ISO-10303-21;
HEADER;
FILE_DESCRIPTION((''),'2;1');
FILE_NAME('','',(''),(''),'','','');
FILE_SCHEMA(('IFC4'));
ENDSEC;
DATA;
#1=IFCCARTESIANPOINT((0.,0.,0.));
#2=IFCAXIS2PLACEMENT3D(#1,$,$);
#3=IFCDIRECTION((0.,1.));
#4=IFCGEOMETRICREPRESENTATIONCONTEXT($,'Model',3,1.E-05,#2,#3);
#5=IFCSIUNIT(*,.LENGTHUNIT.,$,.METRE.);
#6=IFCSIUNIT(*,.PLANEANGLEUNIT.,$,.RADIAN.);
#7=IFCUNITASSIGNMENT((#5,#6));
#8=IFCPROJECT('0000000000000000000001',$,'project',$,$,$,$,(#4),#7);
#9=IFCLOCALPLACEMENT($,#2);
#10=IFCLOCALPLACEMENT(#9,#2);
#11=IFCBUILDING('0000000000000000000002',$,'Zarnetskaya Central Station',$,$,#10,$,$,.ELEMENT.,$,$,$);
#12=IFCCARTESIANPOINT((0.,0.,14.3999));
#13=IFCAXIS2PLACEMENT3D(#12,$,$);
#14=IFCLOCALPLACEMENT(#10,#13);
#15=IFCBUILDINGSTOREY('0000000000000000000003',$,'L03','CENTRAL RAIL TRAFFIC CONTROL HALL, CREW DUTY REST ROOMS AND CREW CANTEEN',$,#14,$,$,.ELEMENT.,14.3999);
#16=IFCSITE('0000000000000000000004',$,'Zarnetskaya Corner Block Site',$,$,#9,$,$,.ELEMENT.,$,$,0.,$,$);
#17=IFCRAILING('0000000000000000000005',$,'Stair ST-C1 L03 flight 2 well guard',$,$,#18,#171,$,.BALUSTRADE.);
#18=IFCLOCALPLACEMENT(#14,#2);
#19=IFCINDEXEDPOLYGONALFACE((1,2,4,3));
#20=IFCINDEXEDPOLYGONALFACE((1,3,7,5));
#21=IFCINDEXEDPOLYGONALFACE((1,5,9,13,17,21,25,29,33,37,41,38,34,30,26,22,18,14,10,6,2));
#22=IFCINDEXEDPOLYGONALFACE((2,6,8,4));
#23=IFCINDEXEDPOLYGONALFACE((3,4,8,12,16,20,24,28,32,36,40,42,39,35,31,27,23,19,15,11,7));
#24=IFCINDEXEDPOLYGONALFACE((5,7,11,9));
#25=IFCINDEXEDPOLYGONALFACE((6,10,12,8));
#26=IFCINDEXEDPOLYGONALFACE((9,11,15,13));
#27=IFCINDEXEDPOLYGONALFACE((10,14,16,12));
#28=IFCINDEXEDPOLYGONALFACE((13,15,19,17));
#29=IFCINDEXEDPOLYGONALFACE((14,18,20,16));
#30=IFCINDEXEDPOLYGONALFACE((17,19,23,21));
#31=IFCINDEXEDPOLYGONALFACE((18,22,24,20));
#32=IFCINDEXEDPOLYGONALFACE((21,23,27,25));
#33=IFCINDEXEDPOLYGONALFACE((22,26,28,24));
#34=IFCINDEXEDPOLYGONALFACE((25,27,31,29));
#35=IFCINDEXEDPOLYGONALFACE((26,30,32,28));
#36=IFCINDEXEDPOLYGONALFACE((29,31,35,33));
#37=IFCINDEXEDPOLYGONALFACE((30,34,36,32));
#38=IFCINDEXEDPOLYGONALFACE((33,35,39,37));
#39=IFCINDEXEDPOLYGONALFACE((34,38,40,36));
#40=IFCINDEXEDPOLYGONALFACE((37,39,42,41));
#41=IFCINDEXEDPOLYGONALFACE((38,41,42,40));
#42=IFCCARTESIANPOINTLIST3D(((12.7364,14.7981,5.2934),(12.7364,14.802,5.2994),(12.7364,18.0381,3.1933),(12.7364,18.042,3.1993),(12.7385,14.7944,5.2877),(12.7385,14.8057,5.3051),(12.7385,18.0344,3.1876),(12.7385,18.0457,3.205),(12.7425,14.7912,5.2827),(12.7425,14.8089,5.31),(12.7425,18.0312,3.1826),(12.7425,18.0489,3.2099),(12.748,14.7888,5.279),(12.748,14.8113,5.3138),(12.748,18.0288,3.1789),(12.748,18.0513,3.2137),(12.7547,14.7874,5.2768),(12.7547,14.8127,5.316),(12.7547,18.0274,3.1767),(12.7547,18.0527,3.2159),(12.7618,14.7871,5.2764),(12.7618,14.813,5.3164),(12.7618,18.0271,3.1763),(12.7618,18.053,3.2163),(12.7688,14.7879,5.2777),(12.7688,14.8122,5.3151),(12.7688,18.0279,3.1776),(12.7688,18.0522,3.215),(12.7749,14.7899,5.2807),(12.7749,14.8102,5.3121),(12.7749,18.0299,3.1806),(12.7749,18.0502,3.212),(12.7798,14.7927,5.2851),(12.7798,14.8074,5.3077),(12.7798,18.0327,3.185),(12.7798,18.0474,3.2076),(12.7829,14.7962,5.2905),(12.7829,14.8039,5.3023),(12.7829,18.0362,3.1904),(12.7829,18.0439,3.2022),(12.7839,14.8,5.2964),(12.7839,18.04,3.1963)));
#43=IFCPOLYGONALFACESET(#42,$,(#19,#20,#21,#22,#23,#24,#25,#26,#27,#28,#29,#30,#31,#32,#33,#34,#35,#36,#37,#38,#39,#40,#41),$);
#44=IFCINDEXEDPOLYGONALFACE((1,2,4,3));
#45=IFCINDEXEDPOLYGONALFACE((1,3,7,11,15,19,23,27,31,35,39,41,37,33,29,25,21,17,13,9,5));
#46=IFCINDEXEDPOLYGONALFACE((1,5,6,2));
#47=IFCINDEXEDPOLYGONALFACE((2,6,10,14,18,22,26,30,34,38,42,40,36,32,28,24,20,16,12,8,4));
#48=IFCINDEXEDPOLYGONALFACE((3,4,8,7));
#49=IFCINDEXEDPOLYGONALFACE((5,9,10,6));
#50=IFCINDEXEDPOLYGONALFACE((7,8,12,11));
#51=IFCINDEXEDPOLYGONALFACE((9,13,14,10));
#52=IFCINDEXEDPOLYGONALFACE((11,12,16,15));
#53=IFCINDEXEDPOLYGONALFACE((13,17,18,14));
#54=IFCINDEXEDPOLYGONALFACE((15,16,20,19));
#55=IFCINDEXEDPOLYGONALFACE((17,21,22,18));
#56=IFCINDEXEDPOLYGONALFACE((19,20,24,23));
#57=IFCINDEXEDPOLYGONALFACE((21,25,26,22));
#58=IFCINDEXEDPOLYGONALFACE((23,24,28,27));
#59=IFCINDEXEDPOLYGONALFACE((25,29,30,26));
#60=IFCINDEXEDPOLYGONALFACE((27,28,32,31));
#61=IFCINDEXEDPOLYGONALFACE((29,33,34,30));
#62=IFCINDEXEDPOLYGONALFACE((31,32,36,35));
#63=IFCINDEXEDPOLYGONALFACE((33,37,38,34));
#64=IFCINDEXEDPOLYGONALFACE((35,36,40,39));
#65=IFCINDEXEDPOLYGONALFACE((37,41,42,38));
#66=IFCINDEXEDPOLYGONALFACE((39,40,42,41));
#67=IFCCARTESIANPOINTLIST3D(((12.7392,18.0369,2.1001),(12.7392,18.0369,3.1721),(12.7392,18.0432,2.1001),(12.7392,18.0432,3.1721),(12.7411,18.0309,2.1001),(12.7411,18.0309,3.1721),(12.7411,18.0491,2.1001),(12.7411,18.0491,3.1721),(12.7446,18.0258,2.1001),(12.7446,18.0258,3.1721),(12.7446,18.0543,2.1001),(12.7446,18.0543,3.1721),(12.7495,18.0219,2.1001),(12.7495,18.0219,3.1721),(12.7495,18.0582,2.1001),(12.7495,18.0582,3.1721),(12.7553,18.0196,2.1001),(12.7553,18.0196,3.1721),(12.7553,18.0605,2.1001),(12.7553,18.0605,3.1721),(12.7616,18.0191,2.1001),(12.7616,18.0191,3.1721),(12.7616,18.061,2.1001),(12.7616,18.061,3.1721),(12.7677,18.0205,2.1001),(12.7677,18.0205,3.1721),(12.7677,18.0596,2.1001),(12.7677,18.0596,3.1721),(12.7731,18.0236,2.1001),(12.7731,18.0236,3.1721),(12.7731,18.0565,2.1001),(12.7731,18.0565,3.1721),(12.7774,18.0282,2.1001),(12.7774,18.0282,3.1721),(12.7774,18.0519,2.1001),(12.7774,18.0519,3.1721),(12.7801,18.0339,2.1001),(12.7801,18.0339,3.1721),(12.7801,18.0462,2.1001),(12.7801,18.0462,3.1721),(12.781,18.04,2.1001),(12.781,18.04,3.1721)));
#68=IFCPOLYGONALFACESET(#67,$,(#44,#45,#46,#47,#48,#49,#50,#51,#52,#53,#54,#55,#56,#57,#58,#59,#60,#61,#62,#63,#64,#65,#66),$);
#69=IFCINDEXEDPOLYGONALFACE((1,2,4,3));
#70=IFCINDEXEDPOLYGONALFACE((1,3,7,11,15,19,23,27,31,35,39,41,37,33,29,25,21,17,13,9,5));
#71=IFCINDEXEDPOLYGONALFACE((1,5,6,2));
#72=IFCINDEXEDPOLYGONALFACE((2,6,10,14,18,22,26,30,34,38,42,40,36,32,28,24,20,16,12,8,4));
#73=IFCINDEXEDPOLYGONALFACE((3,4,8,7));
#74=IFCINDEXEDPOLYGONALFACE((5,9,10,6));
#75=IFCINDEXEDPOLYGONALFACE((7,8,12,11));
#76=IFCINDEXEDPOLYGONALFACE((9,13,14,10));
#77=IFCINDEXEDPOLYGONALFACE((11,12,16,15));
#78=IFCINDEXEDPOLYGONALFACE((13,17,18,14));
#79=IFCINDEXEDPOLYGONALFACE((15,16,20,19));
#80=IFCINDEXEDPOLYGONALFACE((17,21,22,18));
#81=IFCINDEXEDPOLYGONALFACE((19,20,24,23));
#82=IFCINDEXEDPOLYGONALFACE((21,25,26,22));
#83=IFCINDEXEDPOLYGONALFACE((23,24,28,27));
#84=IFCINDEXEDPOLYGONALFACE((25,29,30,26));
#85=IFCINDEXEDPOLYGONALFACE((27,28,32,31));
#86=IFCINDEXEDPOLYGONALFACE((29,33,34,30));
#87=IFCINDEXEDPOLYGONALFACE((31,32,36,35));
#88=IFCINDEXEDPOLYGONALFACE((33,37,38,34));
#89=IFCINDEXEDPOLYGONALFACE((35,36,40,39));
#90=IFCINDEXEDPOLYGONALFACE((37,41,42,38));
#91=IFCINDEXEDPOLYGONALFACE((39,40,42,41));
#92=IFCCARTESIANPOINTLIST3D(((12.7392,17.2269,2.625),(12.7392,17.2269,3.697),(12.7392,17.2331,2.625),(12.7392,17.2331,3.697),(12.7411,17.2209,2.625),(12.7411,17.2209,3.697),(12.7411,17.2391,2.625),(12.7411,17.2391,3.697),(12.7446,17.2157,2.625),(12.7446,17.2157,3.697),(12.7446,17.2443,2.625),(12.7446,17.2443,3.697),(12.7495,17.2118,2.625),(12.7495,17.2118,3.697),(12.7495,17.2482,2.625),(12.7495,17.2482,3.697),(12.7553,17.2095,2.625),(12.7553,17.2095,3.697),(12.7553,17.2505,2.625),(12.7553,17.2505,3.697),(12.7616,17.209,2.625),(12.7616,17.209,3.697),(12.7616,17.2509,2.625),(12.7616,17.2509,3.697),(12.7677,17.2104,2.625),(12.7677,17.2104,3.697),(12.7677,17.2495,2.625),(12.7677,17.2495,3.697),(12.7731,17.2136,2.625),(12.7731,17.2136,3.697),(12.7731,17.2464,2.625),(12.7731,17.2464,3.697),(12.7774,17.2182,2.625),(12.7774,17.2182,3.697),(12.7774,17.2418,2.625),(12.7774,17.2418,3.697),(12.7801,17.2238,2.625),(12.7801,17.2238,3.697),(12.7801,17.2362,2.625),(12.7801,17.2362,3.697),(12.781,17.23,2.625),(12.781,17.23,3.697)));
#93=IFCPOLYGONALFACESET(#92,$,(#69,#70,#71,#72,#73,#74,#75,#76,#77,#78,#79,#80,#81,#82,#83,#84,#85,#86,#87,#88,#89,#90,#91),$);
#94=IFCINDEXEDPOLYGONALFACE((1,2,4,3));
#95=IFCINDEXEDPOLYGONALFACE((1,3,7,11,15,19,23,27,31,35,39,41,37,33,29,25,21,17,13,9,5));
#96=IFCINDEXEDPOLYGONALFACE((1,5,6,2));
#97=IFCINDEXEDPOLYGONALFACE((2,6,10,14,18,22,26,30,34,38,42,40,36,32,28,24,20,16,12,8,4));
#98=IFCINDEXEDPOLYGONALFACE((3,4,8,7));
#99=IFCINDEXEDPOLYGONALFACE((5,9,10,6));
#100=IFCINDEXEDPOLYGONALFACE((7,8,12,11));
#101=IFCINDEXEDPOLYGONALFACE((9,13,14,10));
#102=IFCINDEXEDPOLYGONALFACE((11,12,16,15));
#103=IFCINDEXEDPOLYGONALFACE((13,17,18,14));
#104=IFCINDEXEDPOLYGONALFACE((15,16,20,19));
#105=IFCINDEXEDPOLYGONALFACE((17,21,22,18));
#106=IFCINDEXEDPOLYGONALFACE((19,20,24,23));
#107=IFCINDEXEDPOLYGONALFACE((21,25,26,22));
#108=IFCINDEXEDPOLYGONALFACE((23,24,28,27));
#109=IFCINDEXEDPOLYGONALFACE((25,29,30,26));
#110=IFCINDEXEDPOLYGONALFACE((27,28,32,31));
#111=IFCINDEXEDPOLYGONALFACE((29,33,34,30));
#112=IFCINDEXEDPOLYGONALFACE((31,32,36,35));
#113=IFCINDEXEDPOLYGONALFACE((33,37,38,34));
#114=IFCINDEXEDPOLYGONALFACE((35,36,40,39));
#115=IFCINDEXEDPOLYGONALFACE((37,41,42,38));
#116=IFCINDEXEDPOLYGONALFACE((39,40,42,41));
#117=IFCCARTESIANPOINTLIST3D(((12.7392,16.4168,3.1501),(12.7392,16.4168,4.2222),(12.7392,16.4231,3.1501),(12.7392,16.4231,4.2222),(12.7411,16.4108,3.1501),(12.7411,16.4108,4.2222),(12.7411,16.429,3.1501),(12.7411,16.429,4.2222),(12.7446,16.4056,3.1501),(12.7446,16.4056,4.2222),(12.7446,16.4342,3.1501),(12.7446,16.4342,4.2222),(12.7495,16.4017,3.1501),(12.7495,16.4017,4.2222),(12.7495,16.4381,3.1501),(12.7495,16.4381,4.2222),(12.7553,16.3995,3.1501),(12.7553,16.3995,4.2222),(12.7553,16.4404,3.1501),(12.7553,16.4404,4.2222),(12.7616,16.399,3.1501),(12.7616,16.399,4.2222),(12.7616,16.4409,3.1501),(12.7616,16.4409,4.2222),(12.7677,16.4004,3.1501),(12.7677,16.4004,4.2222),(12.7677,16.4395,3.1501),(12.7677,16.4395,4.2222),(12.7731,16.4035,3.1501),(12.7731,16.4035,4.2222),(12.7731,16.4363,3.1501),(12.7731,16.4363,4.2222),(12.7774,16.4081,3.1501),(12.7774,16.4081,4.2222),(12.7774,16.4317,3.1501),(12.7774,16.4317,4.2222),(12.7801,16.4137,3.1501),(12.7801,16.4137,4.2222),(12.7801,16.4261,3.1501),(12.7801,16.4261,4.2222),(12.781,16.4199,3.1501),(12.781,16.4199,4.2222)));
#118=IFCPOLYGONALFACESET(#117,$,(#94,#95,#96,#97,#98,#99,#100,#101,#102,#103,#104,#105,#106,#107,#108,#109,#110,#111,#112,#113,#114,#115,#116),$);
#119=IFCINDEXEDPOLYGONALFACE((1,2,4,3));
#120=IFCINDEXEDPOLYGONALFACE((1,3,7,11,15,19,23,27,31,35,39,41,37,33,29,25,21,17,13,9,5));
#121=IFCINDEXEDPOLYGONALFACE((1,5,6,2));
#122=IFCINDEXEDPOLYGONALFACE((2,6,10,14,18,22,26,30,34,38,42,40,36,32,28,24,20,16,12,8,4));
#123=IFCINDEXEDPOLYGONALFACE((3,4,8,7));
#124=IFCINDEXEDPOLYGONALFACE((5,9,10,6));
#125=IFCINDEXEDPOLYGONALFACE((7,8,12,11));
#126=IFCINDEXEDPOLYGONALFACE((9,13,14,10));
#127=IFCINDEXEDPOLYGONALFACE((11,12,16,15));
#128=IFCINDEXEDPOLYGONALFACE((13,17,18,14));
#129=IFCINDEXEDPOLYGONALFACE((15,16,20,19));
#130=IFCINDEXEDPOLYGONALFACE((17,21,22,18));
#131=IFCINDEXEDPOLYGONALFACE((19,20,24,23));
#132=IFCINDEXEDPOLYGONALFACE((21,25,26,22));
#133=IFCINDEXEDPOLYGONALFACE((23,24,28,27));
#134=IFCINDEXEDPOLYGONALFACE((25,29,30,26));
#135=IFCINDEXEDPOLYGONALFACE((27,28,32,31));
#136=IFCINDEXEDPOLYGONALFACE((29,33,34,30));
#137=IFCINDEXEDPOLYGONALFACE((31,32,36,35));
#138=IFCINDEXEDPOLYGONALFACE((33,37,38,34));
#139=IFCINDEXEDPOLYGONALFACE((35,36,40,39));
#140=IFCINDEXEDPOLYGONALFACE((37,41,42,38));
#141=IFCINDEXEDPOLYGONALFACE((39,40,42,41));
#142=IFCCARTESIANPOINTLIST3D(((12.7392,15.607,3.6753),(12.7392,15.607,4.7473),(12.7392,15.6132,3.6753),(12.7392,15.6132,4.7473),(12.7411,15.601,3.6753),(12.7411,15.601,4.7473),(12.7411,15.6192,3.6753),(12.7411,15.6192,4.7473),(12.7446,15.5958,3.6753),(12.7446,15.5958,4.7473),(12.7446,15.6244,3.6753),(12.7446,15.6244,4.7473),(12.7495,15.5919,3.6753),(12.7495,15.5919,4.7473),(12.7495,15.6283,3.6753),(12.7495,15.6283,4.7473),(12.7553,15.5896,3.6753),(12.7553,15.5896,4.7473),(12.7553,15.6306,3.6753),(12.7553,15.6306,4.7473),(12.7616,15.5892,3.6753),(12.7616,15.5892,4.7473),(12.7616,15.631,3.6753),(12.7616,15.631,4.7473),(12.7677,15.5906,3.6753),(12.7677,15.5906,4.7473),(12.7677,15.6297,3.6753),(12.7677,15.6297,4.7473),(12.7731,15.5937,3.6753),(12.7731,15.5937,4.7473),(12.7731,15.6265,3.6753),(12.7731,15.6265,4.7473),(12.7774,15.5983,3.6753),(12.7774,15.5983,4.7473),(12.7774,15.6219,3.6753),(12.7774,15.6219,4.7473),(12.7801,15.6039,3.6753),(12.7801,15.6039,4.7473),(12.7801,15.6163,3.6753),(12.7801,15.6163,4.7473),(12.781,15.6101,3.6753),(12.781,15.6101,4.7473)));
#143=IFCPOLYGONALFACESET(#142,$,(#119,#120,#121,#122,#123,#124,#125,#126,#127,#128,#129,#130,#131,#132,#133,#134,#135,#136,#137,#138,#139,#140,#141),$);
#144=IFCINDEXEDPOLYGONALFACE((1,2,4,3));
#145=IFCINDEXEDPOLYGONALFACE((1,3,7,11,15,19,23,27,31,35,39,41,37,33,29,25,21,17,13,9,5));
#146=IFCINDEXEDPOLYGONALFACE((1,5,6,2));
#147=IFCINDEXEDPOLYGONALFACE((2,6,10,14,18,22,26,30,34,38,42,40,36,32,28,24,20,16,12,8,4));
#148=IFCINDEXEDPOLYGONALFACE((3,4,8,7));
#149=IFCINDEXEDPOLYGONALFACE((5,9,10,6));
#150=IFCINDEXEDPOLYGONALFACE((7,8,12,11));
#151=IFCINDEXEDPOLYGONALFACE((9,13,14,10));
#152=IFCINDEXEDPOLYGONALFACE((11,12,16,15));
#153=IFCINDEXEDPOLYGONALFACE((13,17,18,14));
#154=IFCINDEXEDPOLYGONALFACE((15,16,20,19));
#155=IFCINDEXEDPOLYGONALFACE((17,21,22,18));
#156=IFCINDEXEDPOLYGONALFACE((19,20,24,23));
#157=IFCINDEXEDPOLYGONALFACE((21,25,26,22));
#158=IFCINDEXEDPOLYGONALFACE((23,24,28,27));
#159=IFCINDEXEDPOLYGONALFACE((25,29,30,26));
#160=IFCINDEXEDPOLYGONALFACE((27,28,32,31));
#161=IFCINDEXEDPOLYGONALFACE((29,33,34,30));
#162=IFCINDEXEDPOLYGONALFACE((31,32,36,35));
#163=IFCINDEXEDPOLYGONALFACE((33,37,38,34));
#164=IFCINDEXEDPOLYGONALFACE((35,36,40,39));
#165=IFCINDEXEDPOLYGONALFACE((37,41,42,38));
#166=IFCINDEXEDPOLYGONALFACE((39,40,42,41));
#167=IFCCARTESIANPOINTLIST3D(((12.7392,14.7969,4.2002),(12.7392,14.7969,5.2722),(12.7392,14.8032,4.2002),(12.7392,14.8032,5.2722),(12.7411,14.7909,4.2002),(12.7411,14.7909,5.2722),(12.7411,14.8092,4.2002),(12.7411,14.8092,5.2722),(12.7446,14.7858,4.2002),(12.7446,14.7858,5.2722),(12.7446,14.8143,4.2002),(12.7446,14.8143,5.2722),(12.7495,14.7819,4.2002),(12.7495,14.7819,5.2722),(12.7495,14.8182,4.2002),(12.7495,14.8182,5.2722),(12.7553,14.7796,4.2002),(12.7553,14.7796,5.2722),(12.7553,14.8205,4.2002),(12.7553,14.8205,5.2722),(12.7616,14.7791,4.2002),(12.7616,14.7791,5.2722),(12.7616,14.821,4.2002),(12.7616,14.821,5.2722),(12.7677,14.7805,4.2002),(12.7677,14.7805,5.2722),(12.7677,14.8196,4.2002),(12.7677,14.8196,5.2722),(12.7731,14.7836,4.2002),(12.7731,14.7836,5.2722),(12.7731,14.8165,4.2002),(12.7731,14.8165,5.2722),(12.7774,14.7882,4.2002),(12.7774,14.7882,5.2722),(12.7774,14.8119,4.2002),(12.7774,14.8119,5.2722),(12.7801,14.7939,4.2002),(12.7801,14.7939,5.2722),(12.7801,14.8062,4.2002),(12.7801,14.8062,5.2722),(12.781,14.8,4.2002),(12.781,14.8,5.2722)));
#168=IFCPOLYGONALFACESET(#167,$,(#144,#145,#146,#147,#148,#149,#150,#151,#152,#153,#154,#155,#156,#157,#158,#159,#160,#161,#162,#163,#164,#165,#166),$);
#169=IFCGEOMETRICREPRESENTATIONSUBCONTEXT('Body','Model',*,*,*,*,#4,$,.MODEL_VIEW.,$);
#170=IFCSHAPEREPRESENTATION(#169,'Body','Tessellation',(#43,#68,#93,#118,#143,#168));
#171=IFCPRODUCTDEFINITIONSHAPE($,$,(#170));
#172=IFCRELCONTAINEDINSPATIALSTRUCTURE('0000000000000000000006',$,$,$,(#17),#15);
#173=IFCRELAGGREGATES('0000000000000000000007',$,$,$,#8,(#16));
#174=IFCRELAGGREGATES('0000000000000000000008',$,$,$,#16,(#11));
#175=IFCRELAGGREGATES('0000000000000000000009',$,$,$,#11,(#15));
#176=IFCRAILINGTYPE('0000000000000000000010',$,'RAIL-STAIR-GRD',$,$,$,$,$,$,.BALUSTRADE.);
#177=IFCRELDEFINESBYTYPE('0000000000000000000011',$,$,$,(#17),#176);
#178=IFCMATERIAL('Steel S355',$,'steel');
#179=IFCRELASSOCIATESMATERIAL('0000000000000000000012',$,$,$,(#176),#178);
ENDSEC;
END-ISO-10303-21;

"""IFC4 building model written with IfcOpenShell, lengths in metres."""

from ifc_helpers import new_model, si_unit, direction, frame, origin, origin_2d, place, context, subcontext, project, spatial, circle, extrude, material, type_object, element, save


model = new_model("IFC4")

# Units and contexts
model_context = context("Model", 3, precision=1e-05, world=origin(), true_north=direction((0.0, 1.0)))
body_context = subcontext(model_context, "Body", "Model", "MODEL_VIEW")
ifc_project = project(units=[si_unit("LENGTHUNIT", "METRE"), si_unit("PLANEANGLEUNIT", "RADIAN")], contexts=[model_context])

# Site, building, storey
site_placement = place(None, origin())
site = spatial("IfcSite", under=ifc_project, at=site_placement, Name="Zarnetskaya Corner Block Site", CompositionType="ELEMENT", RefElevation=0.0)
building_placement = place(site_placement, origin())
building = spatial("IfcBuilding", under=site, at=building_placement, Name="Zarnetskaya Central Station", CompositionType="ELEMENT")
storey_placement = place(building_placement, frame((0.0, 0.0, 14.3999)))
storey = spatial("IfcBuildingStorey", under=building, at=storey_placement, Name="L03", Description="CENTRAL RAIL TRAFFIC CONTROL HALL, CREW DUTY REST ROOMS AND CREW CANTEEN", CompositionType="ELEMENT", Elevation=14.3999)

# Shared definitions
ifc_material_1 = material(Name="Steel S355", Category="steel")

# Railing
railing_type_1 = type_object("IfcRailingType", Name="RAIL-STAIR-GRD", PredefinedType="BALUSTRADE", material=ifc_material_1)
railing_1_placement = place(storey_placement, frame((12.76, 18.04, 2.1001)))
element("IfcRailing", 1, at=railing_1_placement, inside=storey, type_object=railing_type_1, Name="Stair ST-C1 L03 flight 2 well guard", PredefinedType="BALUSTRADE", context=body_context, shape_type="SweptSolid", body=[
    extrude(circle(Radius=0.0239, at=origin_2d()), frame((0.0, 0.0, 1.0962), z_axis=(0.0, -0.839141, 0.543914), x_axis=(1.0, 0.0, 0.0)), (0.0, 0.0, 1.0), 3.8611),
    extrude(circle(Radius=0.021, at=origin_2d()), origin(), (0.0, 0.0, 1.0), 1.072),
    extrude(circle(Radius=0.021, at=origin_2d()), frame((0.0, -0.8101, 0.5249)), (0.0, 0.0, 1.0), 1.072),
    extrude(circle(Radius=0.021, at=origin_2d()), frame((0.0, -1.6201, 1.05)), (0.0, 0.0, 1.0), 1.072),
    extrude(circle(Radius=0.021, at=origin_2d()), frame((0.0, -2.4299, 1.5752)), (0.0, 0.0, 1.0), 1.072),
    extrude(circle(Radius=0.021, at=origin_2d()), frame((0.0, -3.24, 2.1001)), (0.0, 0.0, 1.0), 1.072),
])

save(model, "model.ifc")
